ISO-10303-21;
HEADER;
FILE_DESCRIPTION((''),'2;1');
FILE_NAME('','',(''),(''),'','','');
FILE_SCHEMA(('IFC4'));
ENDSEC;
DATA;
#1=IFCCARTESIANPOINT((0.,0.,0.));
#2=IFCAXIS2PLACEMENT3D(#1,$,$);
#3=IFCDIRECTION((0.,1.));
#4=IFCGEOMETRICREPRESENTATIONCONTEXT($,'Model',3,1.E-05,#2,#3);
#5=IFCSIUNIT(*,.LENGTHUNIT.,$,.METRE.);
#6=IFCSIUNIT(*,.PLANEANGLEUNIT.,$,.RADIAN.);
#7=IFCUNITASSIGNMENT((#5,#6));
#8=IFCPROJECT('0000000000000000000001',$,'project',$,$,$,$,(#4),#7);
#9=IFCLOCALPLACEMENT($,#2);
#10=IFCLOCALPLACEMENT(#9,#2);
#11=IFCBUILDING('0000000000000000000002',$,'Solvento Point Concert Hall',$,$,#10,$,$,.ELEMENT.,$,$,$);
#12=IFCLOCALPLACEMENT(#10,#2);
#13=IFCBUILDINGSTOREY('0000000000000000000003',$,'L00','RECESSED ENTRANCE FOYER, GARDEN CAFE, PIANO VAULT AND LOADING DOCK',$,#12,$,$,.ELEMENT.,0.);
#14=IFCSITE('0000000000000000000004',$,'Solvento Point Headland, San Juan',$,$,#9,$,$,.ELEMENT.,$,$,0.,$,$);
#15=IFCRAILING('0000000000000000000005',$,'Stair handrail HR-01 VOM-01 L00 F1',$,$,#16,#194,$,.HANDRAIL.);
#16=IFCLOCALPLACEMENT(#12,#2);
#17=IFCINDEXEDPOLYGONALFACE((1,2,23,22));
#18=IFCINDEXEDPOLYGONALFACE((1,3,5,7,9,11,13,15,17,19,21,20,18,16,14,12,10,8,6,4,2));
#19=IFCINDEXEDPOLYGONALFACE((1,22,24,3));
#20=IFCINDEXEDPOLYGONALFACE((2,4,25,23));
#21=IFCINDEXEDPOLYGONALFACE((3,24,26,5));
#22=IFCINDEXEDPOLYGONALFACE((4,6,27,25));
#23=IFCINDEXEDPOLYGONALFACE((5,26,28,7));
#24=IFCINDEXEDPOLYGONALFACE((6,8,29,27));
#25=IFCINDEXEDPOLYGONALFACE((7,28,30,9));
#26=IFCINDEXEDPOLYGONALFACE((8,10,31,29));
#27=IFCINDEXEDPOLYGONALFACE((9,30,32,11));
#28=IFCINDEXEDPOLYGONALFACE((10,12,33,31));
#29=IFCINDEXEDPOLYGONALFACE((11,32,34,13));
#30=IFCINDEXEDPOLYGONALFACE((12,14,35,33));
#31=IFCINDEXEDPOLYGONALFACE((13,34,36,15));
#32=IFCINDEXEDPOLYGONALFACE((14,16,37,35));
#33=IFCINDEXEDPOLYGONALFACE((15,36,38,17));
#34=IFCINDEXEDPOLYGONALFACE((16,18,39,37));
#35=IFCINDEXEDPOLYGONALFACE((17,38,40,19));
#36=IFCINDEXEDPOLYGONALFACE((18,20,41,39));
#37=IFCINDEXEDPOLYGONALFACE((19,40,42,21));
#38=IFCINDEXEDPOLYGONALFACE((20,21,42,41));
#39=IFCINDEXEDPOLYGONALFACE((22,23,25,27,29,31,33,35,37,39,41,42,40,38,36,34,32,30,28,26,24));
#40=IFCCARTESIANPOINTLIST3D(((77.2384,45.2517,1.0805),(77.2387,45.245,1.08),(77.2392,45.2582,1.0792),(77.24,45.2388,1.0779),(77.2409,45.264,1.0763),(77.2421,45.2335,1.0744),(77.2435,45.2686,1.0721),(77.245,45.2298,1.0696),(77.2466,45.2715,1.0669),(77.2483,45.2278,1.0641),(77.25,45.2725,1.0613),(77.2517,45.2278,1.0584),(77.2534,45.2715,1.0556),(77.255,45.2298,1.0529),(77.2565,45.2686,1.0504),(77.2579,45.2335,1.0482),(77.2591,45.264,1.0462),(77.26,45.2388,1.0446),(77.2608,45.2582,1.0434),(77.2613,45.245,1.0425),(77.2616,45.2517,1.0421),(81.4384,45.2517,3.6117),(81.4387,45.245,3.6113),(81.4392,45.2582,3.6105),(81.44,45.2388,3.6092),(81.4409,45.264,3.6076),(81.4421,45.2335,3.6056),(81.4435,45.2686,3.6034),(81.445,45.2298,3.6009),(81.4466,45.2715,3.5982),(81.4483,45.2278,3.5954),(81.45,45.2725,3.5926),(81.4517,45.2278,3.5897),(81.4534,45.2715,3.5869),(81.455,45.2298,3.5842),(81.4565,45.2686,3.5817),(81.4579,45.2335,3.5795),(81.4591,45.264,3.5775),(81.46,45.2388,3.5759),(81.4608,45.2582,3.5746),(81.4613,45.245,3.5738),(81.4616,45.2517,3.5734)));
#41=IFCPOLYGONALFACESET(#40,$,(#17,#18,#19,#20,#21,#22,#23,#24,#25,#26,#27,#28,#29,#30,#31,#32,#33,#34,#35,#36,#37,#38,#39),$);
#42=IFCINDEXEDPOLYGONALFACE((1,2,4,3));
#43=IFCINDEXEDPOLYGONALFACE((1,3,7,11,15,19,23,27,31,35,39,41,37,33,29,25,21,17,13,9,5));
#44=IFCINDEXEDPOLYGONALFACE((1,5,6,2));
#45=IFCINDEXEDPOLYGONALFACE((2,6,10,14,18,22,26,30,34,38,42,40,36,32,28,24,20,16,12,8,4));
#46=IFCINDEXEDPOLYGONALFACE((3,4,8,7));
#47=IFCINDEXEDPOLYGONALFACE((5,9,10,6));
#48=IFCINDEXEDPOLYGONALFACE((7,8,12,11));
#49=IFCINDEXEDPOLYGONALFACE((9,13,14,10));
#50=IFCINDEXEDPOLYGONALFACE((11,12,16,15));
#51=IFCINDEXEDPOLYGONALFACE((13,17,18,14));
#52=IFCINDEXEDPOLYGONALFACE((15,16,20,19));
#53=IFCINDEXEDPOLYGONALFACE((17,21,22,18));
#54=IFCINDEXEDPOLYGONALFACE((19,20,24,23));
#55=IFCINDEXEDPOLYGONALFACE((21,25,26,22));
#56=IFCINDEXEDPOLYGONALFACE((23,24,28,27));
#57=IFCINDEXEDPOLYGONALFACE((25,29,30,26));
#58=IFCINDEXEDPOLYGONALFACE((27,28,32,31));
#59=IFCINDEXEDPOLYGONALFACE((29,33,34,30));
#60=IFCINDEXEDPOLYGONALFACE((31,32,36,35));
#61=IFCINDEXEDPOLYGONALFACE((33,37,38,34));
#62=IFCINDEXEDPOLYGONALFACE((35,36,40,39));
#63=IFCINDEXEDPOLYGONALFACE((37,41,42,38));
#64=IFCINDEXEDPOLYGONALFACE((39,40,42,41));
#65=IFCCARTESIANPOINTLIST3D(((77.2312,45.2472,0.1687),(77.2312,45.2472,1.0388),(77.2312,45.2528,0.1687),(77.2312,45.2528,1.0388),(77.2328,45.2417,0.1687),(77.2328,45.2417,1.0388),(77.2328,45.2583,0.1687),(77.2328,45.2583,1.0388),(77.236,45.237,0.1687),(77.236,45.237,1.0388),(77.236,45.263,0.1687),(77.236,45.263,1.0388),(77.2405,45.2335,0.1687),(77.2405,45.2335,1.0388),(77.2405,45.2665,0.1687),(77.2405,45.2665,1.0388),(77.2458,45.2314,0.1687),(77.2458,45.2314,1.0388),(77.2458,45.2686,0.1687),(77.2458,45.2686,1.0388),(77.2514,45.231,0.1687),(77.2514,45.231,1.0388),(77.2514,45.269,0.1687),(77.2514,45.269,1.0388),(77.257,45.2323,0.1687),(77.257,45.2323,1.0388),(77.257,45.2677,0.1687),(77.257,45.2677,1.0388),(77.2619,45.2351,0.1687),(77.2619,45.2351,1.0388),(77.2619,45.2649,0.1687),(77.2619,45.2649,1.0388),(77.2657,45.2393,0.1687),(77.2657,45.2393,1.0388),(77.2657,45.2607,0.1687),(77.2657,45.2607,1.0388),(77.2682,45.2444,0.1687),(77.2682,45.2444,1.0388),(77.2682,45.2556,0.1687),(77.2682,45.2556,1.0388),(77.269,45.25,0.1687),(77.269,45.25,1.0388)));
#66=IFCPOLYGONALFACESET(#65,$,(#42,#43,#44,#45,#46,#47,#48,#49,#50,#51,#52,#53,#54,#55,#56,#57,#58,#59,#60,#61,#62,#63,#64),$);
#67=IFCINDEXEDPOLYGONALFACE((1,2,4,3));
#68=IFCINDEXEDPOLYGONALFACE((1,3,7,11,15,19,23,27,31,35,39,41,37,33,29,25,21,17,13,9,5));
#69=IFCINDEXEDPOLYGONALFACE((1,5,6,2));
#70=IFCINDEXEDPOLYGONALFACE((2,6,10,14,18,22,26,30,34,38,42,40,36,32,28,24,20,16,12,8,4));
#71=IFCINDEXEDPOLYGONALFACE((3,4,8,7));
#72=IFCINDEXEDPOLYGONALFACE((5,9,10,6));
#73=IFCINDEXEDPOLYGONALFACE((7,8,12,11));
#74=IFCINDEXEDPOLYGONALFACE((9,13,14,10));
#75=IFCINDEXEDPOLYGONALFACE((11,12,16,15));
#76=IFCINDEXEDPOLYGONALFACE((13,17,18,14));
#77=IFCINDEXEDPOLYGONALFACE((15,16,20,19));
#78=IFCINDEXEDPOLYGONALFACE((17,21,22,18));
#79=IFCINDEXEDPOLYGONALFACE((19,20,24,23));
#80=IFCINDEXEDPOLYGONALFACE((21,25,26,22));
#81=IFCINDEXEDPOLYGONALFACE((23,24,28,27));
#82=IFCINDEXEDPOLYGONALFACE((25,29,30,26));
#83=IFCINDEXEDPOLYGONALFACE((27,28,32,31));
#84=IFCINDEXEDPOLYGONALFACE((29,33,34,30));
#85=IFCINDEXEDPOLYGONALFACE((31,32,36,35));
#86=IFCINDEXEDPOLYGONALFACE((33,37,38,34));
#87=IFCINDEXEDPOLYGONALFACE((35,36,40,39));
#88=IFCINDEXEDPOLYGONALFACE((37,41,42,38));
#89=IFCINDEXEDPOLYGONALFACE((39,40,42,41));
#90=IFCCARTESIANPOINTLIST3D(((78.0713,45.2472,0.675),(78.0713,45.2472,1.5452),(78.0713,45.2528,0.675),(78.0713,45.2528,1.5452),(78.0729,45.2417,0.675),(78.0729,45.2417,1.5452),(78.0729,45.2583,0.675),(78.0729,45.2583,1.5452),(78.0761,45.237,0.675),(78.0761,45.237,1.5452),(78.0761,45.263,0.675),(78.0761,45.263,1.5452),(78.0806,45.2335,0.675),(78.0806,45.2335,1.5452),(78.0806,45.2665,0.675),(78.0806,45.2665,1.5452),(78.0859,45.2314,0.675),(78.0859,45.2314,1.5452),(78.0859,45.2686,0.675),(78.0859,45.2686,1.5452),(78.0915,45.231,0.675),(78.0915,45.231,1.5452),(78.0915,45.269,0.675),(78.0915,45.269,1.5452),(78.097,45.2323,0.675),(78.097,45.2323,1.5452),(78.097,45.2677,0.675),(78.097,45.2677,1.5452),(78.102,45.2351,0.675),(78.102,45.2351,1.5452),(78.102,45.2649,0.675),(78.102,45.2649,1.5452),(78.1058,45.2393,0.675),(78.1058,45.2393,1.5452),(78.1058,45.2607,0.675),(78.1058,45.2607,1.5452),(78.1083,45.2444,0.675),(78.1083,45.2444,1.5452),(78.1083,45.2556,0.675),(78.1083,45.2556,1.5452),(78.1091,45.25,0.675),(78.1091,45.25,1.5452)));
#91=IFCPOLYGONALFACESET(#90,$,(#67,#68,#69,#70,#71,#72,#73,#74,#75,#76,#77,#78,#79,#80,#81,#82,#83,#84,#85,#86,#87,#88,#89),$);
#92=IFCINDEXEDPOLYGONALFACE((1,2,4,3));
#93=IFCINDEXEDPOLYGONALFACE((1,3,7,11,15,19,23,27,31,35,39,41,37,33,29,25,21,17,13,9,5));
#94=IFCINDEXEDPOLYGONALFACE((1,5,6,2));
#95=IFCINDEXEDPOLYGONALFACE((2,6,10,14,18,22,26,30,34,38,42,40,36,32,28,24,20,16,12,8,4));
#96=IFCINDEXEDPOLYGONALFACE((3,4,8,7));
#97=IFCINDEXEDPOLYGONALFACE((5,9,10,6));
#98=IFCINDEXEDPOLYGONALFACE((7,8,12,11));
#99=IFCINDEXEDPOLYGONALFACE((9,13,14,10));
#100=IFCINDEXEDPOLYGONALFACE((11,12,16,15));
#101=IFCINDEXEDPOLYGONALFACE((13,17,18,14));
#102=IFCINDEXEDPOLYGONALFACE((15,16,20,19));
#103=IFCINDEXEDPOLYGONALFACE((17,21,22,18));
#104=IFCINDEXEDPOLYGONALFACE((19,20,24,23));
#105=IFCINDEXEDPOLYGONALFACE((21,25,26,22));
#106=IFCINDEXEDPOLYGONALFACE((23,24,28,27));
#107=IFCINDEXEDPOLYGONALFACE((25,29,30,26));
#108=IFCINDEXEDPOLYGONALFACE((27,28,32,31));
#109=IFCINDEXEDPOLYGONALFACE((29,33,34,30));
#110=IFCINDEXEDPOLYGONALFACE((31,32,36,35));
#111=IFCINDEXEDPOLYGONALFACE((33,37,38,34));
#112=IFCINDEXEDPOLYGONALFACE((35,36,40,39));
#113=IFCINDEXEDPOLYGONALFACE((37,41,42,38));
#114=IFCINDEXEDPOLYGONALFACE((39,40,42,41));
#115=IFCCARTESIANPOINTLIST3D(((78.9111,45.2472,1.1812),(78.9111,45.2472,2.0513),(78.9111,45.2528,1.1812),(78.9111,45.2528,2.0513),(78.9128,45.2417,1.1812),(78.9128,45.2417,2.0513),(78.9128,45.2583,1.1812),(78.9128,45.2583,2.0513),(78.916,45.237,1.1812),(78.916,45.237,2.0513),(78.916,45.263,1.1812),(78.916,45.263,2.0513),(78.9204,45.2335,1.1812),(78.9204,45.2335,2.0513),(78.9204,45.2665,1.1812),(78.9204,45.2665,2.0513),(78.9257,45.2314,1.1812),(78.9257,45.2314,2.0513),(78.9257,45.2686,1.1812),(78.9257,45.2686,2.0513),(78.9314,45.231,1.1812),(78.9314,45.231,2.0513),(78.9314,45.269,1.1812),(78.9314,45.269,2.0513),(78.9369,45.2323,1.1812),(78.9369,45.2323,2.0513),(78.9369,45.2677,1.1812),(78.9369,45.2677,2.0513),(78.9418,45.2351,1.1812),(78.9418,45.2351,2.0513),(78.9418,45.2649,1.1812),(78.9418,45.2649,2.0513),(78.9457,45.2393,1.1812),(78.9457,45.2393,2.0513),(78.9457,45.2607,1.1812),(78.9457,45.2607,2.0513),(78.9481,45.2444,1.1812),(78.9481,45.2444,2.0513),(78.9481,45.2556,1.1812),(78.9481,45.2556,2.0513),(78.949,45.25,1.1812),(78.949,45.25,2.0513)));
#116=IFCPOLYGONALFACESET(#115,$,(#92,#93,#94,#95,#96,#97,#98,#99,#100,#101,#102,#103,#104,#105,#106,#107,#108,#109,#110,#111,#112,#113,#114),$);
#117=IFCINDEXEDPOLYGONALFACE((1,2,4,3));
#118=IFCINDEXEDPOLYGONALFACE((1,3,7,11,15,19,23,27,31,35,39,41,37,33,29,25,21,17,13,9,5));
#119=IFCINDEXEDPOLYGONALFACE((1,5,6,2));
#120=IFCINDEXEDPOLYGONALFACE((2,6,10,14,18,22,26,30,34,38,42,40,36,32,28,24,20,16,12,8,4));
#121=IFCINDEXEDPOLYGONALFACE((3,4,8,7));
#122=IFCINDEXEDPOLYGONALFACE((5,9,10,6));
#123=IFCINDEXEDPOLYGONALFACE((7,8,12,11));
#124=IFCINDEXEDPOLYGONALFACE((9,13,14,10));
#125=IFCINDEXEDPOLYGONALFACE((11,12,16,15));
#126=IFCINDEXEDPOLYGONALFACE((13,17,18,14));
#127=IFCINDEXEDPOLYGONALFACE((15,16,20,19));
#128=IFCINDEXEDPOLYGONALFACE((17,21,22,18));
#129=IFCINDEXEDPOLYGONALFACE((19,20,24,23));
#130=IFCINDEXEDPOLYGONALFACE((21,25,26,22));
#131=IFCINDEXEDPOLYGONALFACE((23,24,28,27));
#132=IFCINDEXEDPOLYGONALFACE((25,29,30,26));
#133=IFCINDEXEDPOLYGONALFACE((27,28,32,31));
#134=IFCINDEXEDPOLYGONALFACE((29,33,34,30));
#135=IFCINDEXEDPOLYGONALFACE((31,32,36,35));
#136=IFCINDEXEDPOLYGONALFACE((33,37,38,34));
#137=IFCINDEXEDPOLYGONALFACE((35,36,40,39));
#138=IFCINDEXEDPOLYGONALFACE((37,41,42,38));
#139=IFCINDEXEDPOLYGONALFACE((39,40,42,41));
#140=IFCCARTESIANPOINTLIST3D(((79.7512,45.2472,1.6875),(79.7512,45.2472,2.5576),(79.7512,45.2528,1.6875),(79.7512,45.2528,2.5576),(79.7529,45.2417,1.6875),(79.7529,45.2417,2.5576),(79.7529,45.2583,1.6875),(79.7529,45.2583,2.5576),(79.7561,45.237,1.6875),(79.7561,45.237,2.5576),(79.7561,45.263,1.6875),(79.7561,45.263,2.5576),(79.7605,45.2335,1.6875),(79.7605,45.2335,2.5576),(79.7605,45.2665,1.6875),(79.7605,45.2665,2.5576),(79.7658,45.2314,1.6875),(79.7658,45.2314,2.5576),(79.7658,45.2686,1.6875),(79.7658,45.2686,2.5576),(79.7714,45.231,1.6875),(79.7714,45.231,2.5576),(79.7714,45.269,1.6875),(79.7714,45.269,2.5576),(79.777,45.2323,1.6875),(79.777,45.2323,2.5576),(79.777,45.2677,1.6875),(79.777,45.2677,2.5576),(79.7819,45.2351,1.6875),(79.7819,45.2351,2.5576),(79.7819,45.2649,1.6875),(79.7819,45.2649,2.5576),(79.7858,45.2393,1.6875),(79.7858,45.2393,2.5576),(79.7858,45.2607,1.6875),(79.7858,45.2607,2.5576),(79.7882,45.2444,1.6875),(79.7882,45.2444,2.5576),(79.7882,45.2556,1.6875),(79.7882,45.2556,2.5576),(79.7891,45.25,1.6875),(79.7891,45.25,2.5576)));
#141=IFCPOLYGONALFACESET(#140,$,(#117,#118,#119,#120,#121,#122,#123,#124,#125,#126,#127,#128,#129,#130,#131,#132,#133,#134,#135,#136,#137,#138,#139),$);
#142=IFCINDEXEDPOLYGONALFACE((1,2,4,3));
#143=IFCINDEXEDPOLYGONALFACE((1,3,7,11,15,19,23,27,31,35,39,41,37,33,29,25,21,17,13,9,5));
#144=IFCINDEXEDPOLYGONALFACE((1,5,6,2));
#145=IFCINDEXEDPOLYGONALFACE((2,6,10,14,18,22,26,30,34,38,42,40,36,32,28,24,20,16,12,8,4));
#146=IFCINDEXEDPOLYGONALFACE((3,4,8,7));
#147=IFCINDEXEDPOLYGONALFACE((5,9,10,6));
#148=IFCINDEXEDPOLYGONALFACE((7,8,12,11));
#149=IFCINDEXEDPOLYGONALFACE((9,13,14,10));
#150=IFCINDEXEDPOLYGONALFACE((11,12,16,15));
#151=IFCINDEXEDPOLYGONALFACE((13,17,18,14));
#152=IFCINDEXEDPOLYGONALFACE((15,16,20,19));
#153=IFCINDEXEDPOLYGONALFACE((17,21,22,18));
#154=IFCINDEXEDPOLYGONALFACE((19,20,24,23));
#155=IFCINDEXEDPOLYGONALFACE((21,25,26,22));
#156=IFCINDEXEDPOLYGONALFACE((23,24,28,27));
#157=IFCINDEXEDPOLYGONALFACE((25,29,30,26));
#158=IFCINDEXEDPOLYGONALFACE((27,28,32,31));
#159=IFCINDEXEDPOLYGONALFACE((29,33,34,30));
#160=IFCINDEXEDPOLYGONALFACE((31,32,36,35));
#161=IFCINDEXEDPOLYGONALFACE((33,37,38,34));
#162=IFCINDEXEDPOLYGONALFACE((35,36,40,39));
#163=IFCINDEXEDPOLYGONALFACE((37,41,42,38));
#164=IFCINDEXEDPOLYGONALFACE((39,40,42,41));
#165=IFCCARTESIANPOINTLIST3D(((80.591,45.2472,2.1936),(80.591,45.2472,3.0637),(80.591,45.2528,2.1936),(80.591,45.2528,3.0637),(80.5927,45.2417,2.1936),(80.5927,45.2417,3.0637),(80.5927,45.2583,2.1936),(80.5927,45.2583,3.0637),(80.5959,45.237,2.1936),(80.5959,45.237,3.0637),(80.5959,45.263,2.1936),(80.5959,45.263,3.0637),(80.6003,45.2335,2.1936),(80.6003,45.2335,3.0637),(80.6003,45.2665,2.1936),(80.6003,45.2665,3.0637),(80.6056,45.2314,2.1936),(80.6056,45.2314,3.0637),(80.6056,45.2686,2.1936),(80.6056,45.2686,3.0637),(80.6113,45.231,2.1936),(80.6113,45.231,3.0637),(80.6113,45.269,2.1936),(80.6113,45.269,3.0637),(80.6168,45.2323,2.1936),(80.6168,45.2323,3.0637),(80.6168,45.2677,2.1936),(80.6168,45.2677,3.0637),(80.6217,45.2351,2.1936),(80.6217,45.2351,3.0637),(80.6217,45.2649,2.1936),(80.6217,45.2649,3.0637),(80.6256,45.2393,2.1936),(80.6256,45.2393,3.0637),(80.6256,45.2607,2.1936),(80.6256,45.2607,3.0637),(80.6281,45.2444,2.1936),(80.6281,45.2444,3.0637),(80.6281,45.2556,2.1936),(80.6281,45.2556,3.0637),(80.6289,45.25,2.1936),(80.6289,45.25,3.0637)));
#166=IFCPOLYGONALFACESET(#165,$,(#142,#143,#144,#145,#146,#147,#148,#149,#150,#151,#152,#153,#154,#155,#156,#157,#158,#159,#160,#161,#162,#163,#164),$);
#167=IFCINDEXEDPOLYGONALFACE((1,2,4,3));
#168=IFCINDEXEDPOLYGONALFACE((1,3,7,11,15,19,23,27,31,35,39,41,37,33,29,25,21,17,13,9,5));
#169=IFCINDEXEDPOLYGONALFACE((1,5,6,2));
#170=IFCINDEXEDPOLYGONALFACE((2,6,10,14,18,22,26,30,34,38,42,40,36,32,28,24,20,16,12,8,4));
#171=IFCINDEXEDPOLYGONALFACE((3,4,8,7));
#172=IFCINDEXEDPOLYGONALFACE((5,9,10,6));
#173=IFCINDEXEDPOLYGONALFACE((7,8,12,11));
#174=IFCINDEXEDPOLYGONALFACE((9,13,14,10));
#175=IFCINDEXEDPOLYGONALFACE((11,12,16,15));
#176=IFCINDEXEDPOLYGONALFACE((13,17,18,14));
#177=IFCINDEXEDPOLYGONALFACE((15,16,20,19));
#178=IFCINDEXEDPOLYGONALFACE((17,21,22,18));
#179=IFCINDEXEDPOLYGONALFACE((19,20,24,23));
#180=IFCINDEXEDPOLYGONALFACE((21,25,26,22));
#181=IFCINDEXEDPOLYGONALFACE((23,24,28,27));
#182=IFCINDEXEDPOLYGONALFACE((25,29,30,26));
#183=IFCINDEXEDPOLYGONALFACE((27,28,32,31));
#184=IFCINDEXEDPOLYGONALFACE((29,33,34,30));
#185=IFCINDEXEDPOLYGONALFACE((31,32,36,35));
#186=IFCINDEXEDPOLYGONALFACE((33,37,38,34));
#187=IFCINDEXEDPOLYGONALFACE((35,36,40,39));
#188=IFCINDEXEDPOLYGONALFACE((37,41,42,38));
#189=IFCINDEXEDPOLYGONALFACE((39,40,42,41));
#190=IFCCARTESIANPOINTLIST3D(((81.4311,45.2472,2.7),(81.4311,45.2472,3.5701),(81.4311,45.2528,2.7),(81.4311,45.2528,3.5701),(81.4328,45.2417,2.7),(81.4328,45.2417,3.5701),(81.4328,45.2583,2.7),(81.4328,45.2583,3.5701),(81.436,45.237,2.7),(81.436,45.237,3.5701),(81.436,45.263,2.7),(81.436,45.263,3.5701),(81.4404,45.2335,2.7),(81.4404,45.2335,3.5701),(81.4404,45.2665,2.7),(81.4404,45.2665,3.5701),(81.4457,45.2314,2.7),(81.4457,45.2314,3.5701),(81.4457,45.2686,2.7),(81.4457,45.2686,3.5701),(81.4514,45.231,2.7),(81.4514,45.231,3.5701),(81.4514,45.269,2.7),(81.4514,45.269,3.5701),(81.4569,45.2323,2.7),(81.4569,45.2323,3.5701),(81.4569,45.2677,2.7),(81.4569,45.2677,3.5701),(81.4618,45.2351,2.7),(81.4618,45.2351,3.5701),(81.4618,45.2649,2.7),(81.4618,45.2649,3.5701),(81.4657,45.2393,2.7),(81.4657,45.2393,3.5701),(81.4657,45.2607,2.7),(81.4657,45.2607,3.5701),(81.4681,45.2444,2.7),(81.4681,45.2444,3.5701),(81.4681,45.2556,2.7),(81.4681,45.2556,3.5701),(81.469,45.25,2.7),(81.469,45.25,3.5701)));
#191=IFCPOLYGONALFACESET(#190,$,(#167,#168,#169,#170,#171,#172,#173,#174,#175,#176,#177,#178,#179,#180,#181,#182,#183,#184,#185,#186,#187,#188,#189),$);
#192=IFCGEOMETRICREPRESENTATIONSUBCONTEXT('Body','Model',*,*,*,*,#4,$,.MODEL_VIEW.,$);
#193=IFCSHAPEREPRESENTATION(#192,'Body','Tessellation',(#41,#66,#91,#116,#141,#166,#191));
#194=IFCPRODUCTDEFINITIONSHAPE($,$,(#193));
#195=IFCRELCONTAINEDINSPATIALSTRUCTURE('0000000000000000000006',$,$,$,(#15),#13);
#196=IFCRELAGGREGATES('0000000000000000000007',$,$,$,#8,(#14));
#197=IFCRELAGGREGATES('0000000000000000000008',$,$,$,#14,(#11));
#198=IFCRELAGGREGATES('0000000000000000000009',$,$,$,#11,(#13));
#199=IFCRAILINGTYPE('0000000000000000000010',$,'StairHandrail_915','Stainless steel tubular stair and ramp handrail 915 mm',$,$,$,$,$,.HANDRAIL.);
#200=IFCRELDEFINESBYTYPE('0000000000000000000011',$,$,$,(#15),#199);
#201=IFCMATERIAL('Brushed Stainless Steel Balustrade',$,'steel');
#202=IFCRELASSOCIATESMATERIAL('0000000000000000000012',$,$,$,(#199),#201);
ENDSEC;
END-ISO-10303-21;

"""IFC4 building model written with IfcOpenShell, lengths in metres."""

from ifc_helpers import new_model, si_unit, direction, frame, origin, origin_2d, place, context, subcontext, project, spatial, circle, extrude, material, type_object, element, save


model = new_model("IFC4")

# Units and contexts
model_context = context("Model", 3, precision=1e-05, world=origin(), true_north=direction((0.0, 1.0)))
body_context = subcontext(model_context, "Body", "Model", "MODEL_VIEW")
ifc_project = project(units=[si_unit("LENGTHUNIT", "METRE"), si_unit("PLANEANGLEUNIT", "RADIAN")], contexts=[model_context])

# Site, building, storey
site_placement = place(None, origin())
site = spatial("IfcSite", under=ifc_project, at=site_placement, Name="Solvento Point Headland, San Juan", CompositionType="ELEMENT", RefElevation=0.0)
building_placement = place(site_placement, origin())
building = spatial("IfcBuilding", under=site, at=building_placement, Name="Solvento Point Concert Hall", CompositionType="ELEMENT")
storey_placement = place(building_placement, origin())
storey = spatial("IfcBuildingStorey", under=building, at=storey_placement, Name="L00", Description="RECESSED ENTRANCE FOYER, GARDEN CAFE, PIANO VAULT AND LOADING DOCK", CompositionType="ELEMENT", Elevation=0.0)

# Railing
ifc_material_1 = material(Name="Brushed Stainless Steel Balustrade", Category="steel")
railing_type_1 = type_object("IfcRailingType", Name="StairHandrail_915", Description="Stainless steel tubular stair and ramp handrail 915 mm", PredefinedType="HANDRAIL", material=ifc_material_1)
railing_1_placement = place(storey_placement, frame((77.25, 45.25, 0.1687)))
element("IfcRailing", 1, at=railing_1_placement, inside=storey, type_object=railing_type_1, Name="Stair handrail HR-01 VOM-01 L00 F1", PredefinedType="HANDRAIL", context=body_context, shape_type="SweptSolid", body=[
    extrude(circle(Radius=0.0225, at=origin_2d()), frame((0.0, 0.0, 0.8926), z_axis=(0.856476, 0.0, 0.516186), x_axis=(0.0, 1.0, 0.0)), (0.0, 0.0, 1.0), 4.9038),
    extrude(circle(Radius=0.019, at=origin_2d()), origin(), (0.0, 0.0, 1.0), 0.8701),
    extrude(circle(Radius=0.019, at=origin_2d()), frame((0.8401, 0.0, 0.5063)), (0.0, 0.0, 1.0), 0.8701),
    extrude(circle(Radius=0.019, at=origin_2d()), frame((1.6799, 0.0, 1.0125)), (0.0, 0.0, 1.0), 0.8701),
    extrude(circle(Radius=0.019, at=origin_2d()), frame((2.52, 0.0, 1.5188)), (0.0, 0.0, 1.0), 0.8701),
    extrude(circle(Radius=0.019, at=origin_2d()), frame((3.3599, 0.0, 2.0249)), (0.0, 0.0, 1.0), 0.8701),
    extrude(circle(Radius=0.019, at=origin_2d()), frame((4.2, 0.0, 2.5312)), (0.0, 0.0, 1.0), 0.8701),
])

save(model, "model.ifc")
